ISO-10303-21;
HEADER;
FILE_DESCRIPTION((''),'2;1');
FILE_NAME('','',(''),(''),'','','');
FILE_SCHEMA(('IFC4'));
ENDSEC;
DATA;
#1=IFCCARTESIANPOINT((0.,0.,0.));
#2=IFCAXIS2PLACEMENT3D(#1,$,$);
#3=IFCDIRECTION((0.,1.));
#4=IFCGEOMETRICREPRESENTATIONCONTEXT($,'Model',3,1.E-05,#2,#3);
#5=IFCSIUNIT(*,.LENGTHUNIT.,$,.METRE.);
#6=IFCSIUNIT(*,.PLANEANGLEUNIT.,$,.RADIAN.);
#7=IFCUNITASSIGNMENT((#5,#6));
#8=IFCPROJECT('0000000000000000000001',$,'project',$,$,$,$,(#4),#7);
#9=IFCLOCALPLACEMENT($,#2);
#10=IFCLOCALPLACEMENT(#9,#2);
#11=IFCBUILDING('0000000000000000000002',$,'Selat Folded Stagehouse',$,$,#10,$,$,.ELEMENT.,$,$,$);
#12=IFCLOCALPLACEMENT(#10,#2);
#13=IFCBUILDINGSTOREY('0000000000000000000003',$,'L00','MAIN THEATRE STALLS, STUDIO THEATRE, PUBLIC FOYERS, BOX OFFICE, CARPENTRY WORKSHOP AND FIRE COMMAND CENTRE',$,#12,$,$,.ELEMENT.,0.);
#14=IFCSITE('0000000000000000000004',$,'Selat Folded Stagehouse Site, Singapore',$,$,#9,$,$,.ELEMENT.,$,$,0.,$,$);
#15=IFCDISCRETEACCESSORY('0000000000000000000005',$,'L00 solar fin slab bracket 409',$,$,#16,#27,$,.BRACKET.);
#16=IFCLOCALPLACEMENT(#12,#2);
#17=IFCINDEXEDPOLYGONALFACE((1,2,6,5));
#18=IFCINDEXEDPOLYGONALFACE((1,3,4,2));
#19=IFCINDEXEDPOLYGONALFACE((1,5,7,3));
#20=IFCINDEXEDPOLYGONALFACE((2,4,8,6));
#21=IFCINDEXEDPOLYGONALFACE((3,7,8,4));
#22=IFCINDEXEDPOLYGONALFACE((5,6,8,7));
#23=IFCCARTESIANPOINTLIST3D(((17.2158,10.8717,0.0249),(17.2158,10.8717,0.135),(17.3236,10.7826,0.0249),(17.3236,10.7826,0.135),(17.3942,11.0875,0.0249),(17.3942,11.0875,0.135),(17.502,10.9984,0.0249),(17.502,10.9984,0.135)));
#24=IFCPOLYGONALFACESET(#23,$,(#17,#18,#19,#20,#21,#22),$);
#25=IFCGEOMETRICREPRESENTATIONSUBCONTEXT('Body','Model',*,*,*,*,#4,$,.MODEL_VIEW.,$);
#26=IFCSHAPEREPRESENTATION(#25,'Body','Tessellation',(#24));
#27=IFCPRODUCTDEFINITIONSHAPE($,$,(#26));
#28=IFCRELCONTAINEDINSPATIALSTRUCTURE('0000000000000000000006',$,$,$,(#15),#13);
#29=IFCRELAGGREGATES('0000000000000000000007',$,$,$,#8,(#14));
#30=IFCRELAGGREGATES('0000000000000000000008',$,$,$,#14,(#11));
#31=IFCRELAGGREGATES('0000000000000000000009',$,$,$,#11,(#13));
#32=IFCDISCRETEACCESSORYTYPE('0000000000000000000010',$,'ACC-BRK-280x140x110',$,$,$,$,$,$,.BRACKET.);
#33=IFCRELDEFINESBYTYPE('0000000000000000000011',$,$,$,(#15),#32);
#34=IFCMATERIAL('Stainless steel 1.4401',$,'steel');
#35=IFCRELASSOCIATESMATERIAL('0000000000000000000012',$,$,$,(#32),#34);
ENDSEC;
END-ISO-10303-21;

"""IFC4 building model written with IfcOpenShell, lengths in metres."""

from ifc_helpers import new_model, si_unit, direction, frame, origin, origin_2d, place, context, subcontext, project, spatial, rectangle, extrude, material, type_object, element, save


model = new_model("IFC4")

# Units and contexts
model_context = context("Model", 3, precision=1e-05, world=origin(), true_north=direction((0.0, 1.0)))
body_context = subcontext(model_context, "Body", "Model", "MODEL_VIEW")
ifc_project = project(units=[si_unit("LENGTHUNIT", "METRE"), si_unit("PLANEANGLEUNIT", "RADIAN")], contexts=[model_context])

# Site, building, storey
site_placement = place(None, origin())
site = spatial("IfcSite", under=ifc_project, at=site_placement, Name="Selat Folded Stagehouse Site, Singapore", CompositionType="ELEMENT", RefElevation=0.0)
building_placement = place(site_placement, origin())
building = spatial("IfcBuilding", under=site, at=building_placement, Name="Selat Folded Stagehouse", CompositionType="ELEMENT")
storey_placement = place(building_placement, origin())
storey = spatial("IfcBuildingStorey", under=building, at=storey_placement, Name="L00", Description="MAIN THEATRE STALLS, STUDIO THEATRE, PUBLIC FOYERS, BOX OFFICE, CARPENTRY WORKSHOP AND FIRE COMMAND CENTRE", CompositionType="ELEMENT", Elevation=0.0)

# Discrete accessory
ifc_material_1 = material(Name="Stainless steel 1.4401", Category="steel")
discrete_accessory_type = type_object("IfcDiscreteAccessoryType", Name="ACC-BRK-280x140x110", PredefinedType="BRACKET", material=ifc_material_1)
discrete_accessory_placement = place(storey_placement, frame((17.3589, 10.9351, 0.0249), z_axis=(0.0, 0.0, 1.0), x_axis=(-0.637155, -0.770736, 0.0)))
element("IfcDiscreteAccessory", 1, at=discrete_accessory_placement, inside=storey, type_object=discrete_accessory_type, Name="L00 solar fin slab bracket 409", PredefinedType="BRACKET", context=body_context, shape_type="SweptSolid", body=[
    extrude(rectangle(XDim=0.28, YDim=0.1399, at=origin_2d()), origin(), (0.0, 0.0, 1.0), 0.1101),
])

save(model, "model.ifc")
